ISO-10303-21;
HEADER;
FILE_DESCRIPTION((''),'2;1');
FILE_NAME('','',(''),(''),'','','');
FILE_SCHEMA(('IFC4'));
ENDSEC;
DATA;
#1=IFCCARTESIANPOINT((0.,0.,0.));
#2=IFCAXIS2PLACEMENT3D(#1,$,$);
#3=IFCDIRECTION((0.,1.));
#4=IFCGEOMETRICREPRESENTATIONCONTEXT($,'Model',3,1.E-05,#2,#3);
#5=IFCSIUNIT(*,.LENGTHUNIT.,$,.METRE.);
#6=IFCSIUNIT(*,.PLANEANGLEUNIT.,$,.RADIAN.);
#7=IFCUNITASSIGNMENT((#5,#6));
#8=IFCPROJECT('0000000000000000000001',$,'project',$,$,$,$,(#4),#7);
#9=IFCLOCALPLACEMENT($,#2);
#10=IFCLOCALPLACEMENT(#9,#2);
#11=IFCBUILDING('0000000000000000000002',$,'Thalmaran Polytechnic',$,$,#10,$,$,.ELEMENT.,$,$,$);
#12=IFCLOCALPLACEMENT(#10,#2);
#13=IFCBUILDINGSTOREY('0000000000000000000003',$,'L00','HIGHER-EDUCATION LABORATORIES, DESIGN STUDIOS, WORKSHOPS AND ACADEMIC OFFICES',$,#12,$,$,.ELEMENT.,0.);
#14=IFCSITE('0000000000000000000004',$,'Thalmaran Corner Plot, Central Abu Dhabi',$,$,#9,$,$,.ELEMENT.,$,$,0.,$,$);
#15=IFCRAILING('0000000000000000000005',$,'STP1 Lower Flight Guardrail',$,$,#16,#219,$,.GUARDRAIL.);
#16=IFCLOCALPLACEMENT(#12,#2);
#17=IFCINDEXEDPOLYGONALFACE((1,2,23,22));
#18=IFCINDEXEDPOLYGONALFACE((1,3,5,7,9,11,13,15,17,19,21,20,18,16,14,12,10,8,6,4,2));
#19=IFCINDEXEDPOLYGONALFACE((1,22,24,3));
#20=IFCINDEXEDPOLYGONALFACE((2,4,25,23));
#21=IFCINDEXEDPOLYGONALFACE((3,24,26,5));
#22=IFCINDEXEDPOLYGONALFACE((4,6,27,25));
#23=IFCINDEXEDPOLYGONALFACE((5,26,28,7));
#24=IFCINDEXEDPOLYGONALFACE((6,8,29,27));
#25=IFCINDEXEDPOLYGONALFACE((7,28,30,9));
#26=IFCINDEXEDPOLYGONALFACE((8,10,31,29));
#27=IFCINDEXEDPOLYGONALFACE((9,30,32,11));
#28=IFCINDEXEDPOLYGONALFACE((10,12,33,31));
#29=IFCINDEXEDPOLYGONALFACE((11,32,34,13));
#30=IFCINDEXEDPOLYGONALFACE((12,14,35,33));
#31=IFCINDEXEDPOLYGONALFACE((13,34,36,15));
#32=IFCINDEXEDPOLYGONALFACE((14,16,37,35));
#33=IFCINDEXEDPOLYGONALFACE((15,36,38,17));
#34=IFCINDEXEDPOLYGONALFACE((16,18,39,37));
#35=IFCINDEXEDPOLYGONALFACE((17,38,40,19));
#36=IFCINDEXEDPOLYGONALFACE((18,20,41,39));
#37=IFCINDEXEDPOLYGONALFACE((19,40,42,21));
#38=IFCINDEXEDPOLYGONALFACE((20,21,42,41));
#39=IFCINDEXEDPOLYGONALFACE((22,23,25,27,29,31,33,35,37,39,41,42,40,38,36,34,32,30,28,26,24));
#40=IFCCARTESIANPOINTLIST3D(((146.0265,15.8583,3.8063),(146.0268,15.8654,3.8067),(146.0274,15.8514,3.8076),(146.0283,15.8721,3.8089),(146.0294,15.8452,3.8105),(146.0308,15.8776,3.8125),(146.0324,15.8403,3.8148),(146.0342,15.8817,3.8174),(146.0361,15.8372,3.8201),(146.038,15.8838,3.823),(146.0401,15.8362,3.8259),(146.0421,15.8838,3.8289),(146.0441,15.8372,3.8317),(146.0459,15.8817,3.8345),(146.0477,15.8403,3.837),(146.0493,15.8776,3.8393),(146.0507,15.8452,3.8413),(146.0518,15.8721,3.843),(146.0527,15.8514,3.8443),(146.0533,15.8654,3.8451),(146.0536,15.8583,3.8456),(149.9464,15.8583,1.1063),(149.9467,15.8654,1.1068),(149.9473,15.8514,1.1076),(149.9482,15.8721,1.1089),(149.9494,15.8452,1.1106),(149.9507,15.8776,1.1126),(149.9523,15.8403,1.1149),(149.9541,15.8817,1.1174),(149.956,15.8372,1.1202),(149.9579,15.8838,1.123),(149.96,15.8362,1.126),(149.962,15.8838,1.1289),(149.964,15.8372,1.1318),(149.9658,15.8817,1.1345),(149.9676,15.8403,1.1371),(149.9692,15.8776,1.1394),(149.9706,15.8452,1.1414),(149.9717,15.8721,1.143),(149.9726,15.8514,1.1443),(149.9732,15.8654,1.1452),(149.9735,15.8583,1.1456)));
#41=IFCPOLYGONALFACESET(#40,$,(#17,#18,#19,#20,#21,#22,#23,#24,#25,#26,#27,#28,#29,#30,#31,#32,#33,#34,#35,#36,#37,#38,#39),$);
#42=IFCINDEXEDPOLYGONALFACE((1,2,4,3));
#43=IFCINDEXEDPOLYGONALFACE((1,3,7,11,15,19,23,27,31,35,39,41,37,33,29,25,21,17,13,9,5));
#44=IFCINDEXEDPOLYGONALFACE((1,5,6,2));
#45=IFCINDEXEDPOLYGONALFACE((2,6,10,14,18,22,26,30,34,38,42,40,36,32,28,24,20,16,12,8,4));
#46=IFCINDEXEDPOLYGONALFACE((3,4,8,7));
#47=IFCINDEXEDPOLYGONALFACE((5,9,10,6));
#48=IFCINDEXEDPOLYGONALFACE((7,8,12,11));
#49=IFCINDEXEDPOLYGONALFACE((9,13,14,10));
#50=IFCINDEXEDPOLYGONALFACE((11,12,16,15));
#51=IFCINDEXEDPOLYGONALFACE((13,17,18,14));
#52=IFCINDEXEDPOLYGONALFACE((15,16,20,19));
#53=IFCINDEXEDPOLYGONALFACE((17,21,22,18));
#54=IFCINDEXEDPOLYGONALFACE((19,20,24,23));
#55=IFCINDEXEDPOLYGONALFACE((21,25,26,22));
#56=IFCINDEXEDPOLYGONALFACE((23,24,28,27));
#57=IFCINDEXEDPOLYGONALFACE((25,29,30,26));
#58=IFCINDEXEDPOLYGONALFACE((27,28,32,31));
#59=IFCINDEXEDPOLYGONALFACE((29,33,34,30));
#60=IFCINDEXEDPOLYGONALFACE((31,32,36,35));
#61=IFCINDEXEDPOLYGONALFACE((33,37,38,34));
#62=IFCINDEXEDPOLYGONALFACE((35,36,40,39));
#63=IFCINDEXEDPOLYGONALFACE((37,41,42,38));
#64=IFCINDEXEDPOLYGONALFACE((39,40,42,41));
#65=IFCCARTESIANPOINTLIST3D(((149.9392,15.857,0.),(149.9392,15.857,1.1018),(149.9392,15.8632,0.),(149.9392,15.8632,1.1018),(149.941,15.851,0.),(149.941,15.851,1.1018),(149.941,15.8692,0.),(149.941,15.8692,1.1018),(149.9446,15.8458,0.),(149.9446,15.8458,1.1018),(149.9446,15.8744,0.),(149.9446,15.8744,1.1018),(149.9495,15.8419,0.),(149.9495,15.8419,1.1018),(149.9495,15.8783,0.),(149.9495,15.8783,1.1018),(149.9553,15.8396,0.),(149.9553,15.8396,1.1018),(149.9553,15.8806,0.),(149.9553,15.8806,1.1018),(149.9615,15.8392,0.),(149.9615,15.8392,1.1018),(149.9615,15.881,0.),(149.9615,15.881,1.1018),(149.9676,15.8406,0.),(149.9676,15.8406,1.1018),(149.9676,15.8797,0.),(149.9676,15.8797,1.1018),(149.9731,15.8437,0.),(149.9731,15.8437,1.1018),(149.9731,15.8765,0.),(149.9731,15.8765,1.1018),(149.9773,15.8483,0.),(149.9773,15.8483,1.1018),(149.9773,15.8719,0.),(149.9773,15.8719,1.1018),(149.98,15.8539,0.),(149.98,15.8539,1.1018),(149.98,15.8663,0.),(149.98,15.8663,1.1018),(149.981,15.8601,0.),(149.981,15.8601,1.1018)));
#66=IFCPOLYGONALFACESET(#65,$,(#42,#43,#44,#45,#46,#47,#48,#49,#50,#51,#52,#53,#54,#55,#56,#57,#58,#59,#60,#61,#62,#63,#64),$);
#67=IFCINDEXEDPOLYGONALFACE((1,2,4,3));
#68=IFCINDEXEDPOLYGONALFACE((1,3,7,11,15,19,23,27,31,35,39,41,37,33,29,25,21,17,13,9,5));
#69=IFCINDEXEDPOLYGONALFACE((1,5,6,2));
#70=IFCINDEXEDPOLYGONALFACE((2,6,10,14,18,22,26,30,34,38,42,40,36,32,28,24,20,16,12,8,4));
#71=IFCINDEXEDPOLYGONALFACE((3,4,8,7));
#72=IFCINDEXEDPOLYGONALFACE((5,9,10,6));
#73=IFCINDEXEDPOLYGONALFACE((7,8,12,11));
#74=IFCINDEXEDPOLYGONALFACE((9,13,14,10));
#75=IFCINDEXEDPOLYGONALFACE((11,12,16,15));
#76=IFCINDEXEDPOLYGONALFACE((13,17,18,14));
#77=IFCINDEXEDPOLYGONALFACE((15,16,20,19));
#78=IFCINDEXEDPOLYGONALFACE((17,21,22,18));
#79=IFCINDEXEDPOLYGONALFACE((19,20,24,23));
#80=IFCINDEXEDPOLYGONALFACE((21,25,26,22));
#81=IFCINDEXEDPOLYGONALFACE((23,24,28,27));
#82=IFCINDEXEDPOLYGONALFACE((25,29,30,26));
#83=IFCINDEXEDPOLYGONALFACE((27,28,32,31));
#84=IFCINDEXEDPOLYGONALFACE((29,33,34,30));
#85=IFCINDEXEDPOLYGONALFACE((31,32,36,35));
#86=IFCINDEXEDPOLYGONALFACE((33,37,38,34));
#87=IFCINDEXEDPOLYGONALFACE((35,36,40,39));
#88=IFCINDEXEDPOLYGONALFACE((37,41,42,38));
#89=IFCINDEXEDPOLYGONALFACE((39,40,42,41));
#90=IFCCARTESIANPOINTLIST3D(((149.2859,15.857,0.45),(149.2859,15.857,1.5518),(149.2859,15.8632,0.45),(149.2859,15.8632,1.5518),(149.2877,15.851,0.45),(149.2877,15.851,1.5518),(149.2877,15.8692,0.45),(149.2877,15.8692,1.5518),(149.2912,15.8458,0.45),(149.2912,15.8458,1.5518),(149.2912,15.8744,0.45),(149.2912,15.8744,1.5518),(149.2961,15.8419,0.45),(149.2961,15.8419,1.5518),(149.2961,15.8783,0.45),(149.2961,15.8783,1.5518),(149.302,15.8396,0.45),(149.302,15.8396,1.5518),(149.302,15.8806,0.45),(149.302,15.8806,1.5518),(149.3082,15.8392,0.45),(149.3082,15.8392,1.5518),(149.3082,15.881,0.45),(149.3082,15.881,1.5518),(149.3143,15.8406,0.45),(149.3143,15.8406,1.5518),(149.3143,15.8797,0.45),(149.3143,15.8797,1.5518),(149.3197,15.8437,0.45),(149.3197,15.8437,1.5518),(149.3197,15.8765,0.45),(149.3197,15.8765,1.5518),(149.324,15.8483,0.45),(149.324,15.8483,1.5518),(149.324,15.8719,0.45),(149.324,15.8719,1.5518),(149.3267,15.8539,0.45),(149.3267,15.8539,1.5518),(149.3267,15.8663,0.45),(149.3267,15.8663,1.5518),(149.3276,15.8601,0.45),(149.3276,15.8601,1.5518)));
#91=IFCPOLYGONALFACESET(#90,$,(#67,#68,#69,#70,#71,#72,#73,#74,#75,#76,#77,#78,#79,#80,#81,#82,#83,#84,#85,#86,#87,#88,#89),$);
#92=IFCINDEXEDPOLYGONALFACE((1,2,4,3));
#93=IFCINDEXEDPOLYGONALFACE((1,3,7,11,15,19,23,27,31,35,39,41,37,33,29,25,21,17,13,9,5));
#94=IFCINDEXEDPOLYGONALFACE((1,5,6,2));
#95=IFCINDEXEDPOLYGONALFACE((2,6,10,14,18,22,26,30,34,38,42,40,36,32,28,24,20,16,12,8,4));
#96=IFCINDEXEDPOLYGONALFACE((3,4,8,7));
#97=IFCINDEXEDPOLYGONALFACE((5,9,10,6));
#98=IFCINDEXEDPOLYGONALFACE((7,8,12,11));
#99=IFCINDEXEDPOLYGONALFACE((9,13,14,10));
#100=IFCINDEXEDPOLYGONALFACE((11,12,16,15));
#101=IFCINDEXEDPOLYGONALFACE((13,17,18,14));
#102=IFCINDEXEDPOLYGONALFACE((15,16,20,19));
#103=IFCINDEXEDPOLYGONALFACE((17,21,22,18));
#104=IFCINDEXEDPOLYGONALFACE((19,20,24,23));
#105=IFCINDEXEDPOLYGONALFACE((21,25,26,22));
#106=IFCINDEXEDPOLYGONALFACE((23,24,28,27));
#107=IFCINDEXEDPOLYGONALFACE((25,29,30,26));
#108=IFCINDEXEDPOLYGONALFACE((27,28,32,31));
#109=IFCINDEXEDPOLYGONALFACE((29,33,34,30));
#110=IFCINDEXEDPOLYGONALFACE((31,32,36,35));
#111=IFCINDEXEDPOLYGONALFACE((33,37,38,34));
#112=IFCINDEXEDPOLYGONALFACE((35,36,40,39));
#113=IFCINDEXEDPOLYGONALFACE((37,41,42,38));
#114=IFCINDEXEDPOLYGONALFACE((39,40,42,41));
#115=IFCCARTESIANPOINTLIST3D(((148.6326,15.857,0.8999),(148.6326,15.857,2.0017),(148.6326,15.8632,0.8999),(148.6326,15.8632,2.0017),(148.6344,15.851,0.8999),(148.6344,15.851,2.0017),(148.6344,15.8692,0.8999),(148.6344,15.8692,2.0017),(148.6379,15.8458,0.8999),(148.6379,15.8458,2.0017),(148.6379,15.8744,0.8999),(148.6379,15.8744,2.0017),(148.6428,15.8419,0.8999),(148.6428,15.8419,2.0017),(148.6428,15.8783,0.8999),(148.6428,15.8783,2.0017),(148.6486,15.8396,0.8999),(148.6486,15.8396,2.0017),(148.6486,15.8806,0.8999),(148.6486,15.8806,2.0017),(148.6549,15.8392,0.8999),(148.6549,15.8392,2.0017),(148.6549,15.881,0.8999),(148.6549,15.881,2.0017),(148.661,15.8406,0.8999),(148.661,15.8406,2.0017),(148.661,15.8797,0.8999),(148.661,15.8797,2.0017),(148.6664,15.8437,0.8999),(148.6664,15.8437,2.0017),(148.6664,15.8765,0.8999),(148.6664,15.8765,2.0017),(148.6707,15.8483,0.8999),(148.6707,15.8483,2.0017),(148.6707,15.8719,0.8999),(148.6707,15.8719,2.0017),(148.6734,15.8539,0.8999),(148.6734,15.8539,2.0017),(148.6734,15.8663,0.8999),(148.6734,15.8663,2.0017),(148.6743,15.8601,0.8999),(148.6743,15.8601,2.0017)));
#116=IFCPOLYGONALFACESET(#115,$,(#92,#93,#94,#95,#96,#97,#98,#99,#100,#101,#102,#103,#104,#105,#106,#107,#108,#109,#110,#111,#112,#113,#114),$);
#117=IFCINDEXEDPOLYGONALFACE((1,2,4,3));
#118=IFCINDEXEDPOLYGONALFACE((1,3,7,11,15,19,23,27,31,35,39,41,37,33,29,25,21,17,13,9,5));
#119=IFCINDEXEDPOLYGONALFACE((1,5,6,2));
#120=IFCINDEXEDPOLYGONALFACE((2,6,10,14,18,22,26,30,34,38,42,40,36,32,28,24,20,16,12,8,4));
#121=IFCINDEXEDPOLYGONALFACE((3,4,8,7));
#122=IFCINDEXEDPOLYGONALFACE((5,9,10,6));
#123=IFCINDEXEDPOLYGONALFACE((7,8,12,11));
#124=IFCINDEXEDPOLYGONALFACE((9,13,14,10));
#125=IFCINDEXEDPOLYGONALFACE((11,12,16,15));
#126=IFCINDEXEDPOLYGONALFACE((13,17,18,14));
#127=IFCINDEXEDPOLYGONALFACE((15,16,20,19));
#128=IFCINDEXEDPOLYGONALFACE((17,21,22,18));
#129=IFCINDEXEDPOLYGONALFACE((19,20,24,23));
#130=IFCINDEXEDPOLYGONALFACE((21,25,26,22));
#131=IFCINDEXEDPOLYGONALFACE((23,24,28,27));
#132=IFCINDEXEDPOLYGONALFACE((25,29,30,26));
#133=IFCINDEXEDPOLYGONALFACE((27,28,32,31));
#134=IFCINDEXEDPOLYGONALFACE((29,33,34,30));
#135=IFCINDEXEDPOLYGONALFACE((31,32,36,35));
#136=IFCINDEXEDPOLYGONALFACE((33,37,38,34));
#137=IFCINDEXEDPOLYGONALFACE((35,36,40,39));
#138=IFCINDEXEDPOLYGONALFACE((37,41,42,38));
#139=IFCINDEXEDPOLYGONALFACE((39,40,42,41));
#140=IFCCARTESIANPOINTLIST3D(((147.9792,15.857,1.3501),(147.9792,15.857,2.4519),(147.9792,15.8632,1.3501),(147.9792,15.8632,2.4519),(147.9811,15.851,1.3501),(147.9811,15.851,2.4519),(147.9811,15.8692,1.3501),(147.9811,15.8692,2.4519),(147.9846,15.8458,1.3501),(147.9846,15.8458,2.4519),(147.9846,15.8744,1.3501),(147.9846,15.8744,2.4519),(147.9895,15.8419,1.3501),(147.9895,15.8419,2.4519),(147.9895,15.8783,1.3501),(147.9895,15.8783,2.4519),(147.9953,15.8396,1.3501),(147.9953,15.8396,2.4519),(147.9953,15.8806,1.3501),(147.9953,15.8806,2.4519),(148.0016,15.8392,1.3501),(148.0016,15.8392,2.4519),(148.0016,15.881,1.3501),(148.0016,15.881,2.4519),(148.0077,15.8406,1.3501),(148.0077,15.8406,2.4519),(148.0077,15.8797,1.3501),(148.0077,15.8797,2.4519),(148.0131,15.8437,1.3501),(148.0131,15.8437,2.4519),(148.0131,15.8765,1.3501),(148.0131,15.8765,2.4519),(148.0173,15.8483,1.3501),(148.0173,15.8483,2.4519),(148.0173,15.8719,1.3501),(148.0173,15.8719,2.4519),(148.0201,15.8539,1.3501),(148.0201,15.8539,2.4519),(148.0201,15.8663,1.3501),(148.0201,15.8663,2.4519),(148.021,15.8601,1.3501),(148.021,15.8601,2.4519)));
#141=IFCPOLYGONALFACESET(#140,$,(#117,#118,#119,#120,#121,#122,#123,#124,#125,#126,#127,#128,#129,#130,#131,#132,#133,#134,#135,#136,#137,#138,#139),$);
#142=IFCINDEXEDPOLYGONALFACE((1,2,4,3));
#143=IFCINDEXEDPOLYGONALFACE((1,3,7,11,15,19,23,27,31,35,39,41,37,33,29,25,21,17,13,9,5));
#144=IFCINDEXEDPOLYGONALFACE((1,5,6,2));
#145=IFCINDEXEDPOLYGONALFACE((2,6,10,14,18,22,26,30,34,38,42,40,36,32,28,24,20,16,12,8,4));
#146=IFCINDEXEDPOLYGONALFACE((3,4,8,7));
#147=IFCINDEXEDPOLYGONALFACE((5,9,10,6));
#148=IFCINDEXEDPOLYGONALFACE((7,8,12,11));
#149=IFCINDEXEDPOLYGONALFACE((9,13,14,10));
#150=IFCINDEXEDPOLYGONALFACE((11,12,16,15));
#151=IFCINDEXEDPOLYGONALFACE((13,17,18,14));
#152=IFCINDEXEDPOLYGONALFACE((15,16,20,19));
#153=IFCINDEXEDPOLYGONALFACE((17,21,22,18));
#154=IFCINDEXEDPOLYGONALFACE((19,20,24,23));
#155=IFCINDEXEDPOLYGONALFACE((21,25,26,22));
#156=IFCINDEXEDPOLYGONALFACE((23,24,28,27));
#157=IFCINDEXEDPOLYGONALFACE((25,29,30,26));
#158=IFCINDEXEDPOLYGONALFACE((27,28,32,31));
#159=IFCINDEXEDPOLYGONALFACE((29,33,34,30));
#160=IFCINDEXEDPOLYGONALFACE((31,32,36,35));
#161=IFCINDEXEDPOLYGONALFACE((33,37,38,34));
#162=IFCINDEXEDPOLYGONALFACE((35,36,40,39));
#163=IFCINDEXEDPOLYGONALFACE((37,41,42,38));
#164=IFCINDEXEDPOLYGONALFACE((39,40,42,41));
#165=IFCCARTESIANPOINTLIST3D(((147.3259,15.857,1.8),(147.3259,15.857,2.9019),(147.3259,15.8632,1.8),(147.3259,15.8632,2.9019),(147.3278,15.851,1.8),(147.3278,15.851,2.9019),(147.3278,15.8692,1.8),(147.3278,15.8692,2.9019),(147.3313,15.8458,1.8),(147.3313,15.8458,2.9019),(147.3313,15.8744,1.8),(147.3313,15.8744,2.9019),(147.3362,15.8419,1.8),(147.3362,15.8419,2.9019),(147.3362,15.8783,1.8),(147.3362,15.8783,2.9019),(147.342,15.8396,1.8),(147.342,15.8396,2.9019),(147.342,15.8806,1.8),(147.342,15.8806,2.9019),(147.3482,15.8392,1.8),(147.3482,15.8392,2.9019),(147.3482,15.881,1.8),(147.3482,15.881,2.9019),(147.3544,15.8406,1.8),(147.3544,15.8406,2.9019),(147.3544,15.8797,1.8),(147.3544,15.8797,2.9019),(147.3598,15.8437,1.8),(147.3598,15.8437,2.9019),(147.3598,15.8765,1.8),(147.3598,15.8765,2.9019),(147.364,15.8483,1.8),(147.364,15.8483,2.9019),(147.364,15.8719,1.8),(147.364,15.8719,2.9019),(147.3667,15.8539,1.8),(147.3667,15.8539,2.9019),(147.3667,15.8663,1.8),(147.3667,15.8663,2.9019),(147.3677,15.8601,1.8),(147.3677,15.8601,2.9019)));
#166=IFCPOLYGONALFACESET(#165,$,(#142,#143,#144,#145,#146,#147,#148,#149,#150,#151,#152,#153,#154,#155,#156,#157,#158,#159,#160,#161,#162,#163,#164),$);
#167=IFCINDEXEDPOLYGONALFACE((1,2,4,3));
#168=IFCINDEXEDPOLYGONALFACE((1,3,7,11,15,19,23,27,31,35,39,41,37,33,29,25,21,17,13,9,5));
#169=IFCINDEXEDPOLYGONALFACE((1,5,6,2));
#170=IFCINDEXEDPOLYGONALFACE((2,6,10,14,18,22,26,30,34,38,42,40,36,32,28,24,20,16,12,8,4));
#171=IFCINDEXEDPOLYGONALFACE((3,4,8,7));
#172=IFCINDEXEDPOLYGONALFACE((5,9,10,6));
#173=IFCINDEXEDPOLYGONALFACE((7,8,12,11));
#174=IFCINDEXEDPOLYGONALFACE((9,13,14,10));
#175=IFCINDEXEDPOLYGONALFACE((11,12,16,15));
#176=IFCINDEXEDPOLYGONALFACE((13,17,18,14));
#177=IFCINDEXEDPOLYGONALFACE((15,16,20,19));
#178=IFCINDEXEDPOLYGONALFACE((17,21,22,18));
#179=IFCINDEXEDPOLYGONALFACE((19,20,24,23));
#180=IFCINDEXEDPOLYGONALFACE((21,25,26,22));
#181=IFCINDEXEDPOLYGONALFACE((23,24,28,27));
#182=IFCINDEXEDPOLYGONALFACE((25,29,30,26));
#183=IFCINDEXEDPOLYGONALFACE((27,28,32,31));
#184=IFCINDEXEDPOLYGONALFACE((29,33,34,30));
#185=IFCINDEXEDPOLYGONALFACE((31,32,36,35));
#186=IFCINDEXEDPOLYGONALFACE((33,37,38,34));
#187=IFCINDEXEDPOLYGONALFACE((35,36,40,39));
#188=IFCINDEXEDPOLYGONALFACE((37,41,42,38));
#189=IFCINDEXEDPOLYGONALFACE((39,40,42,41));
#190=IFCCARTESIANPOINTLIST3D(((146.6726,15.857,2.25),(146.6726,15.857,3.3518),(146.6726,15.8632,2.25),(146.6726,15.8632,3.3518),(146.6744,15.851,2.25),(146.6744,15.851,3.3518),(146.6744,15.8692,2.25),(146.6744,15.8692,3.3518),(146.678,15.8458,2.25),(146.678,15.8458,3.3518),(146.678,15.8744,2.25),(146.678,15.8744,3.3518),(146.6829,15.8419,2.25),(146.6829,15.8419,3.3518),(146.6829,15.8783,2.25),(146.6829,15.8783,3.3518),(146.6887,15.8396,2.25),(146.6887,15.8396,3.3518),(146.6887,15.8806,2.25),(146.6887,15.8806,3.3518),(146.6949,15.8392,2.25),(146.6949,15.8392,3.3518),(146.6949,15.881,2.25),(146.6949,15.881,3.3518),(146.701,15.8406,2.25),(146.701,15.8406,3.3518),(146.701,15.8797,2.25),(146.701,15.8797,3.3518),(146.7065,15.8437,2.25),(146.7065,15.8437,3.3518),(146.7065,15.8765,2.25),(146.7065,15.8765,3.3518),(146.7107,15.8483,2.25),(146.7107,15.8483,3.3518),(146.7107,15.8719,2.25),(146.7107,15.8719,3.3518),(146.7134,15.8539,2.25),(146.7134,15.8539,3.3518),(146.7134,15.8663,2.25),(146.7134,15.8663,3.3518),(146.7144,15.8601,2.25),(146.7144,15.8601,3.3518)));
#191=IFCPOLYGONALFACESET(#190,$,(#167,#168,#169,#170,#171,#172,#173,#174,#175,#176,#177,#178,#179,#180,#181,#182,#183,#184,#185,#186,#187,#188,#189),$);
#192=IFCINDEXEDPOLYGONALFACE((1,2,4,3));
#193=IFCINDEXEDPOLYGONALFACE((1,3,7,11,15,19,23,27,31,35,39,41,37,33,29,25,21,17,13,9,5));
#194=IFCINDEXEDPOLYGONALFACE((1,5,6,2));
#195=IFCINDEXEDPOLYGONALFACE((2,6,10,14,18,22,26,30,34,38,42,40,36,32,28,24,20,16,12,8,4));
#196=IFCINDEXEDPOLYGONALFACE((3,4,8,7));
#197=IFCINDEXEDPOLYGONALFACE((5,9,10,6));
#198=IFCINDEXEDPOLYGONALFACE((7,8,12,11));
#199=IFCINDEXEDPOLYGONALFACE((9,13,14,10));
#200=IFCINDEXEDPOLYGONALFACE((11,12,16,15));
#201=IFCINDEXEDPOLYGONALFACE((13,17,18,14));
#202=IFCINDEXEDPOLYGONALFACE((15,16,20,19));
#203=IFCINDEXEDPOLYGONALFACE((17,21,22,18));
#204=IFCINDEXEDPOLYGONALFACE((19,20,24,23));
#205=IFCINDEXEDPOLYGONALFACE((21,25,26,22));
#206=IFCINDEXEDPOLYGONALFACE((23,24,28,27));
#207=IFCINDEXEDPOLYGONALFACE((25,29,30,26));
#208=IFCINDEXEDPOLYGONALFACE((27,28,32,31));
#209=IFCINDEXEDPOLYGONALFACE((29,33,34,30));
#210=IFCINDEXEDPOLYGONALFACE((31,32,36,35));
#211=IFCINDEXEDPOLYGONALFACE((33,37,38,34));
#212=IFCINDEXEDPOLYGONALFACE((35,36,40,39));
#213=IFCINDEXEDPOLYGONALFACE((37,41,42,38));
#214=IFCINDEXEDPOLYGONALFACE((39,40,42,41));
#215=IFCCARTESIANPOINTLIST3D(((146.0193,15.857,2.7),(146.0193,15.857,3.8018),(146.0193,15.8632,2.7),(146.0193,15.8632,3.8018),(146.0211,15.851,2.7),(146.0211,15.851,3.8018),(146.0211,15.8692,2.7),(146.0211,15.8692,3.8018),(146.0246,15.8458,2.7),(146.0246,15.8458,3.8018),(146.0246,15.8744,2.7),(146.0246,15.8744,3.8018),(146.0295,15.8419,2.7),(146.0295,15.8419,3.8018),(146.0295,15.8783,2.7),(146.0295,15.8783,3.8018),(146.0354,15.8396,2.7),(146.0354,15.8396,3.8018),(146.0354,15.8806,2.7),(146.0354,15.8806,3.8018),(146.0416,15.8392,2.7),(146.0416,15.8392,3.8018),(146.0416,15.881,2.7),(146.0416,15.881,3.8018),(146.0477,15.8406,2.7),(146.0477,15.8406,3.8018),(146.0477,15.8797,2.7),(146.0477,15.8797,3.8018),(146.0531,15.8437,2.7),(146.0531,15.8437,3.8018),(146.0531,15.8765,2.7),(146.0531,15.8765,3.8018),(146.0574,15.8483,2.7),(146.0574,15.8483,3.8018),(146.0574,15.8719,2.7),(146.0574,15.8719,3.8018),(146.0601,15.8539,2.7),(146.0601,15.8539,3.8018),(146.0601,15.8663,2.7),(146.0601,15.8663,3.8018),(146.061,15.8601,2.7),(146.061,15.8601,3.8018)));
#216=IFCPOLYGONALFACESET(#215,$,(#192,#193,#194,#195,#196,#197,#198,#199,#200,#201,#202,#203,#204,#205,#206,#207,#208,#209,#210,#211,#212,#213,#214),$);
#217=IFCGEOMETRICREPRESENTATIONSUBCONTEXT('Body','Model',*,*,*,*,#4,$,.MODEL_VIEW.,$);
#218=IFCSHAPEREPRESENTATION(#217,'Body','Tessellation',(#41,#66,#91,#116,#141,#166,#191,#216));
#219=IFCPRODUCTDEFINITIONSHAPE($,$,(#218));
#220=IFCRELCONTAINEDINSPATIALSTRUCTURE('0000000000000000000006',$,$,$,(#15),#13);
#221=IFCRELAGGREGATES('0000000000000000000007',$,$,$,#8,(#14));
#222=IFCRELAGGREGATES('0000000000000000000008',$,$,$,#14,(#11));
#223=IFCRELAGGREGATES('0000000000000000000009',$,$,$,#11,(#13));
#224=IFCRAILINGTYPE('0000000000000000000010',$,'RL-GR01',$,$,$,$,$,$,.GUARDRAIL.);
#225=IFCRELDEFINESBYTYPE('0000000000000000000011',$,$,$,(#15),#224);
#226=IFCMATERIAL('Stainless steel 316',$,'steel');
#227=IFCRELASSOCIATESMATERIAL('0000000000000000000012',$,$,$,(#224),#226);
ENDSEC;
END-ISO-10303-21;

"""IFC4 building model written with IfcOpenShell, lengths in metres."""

from ifc_helpers import new_model, si_unit, direction, frame, origin, origin_2d, place, context, subcontext, project, spatial, circle, extrude, material, type_object, element, save


model = new_model("IFC4")

# Units and contexts
model_context = context("Model", 3, precision=1e-05, world=origin(), true_north=direction((0.0, 1.0)))
body_context = subcontext(model_context, "Body", "Model", "MODEL_VIEW")
ifc_project = project(units=[si_unit("LENGTHUNIT", "METRE"), si_unit("PLANEANGLEUNIT", "RADIAN")], contexts=[model_context])

# Site, building, storey
site_placement = place(None, origin())
site = spatial("IfcSite", under=ifc_project, at=site_placement, Name="Thalmaran Corner Plot, Central Abu Dhabi", CompositionType="ELEMENT", RefElevation=0.0)
building_placement = place(site_placement, origin())
building = spatial("IfcBuilding", under=site, at=building_placement, Name="Thalmaran Polytechnic", CompositionType="ELEMENT")
storey_placement = place(building_placement, origin())
storey = spatial("IfcBuildingStorey", under=building, at=storey_placement, Name="L00", Description="HIGHER-EDUCATION LABORATORIES, DESIGN STUDIOS, WORKSHOPS AND ACADEMIC OFFICES", CompositionType="ELEMENT", Elevation=0.0)

# Railing
ifc_material_1 = material(Name="Stainless steel 316", Category="steel")
railing_type = type_object("IfcRailingType", Name="RL-GR01", PredefinedType="GUARDRAIL", material=ifc_material_1)
railing_1_placement = place(storey_placement, frame((149.96, 15.8601, 0.0)))
element("IfcRailing", 1, at=railing_1_placement, inside=storey, type_object=railing_type, Name="STP1 Lower Flight Guardrail", PredefinedType="GUARDRAIL", context=body_context, shape_type="SweptSolid", body=[
    extrude(circle(Radius=0.0239, at=origin_2d()), frame((0.0, 0.0, 1.126), z_axis=(-0.823551, 0.0, 0.567243), x_axis=(0.0, -1.0, 0.0)), (0.0, 0.0, 1.0), 4.7598),
    extrude(circle(Radius=0.021, at=origin_2d()), origin(), (0.0, 0.0, 1.0), 1.1018),
    extrude(circle(Radius=0.021, at=origin_2d()), frame((-0.6533, 0.0, 0.45)), (0.0, 0.0, 1.0), 1.1018),
    extrude(circle(Radius=0.021, at=origin_2d()), frame((-1.3066, 0.0, 0.8999)), (0.0, 0.0, 1.0), 1.1018),
    extrude(circle(Radius=0.021, at=origin_2d()), frame((-1.96, 0.0, 1.3501)), (0.0, 0.0, 1.0), 1.1018),
    extrude(circle(Radius=0.021, at=origin_2d()), frame((-2.6133, 0.0, 1.8)), (0.0, 0.0, 1.0), 1.1018),
    extrude(circle(Radius=0.021, at=origin_2d()), frame((-3.2666, 0.0, 2.25)), (0.0, 0.0, 1.0), 1.1018),
    extrude(circle(Radius=0.021, at=origin_2d()), frame((-3.9199, 0.0, 2.7)), (0.0, 0.0, 1.0), 1.1018),
])

save(model, "model.ifc")
